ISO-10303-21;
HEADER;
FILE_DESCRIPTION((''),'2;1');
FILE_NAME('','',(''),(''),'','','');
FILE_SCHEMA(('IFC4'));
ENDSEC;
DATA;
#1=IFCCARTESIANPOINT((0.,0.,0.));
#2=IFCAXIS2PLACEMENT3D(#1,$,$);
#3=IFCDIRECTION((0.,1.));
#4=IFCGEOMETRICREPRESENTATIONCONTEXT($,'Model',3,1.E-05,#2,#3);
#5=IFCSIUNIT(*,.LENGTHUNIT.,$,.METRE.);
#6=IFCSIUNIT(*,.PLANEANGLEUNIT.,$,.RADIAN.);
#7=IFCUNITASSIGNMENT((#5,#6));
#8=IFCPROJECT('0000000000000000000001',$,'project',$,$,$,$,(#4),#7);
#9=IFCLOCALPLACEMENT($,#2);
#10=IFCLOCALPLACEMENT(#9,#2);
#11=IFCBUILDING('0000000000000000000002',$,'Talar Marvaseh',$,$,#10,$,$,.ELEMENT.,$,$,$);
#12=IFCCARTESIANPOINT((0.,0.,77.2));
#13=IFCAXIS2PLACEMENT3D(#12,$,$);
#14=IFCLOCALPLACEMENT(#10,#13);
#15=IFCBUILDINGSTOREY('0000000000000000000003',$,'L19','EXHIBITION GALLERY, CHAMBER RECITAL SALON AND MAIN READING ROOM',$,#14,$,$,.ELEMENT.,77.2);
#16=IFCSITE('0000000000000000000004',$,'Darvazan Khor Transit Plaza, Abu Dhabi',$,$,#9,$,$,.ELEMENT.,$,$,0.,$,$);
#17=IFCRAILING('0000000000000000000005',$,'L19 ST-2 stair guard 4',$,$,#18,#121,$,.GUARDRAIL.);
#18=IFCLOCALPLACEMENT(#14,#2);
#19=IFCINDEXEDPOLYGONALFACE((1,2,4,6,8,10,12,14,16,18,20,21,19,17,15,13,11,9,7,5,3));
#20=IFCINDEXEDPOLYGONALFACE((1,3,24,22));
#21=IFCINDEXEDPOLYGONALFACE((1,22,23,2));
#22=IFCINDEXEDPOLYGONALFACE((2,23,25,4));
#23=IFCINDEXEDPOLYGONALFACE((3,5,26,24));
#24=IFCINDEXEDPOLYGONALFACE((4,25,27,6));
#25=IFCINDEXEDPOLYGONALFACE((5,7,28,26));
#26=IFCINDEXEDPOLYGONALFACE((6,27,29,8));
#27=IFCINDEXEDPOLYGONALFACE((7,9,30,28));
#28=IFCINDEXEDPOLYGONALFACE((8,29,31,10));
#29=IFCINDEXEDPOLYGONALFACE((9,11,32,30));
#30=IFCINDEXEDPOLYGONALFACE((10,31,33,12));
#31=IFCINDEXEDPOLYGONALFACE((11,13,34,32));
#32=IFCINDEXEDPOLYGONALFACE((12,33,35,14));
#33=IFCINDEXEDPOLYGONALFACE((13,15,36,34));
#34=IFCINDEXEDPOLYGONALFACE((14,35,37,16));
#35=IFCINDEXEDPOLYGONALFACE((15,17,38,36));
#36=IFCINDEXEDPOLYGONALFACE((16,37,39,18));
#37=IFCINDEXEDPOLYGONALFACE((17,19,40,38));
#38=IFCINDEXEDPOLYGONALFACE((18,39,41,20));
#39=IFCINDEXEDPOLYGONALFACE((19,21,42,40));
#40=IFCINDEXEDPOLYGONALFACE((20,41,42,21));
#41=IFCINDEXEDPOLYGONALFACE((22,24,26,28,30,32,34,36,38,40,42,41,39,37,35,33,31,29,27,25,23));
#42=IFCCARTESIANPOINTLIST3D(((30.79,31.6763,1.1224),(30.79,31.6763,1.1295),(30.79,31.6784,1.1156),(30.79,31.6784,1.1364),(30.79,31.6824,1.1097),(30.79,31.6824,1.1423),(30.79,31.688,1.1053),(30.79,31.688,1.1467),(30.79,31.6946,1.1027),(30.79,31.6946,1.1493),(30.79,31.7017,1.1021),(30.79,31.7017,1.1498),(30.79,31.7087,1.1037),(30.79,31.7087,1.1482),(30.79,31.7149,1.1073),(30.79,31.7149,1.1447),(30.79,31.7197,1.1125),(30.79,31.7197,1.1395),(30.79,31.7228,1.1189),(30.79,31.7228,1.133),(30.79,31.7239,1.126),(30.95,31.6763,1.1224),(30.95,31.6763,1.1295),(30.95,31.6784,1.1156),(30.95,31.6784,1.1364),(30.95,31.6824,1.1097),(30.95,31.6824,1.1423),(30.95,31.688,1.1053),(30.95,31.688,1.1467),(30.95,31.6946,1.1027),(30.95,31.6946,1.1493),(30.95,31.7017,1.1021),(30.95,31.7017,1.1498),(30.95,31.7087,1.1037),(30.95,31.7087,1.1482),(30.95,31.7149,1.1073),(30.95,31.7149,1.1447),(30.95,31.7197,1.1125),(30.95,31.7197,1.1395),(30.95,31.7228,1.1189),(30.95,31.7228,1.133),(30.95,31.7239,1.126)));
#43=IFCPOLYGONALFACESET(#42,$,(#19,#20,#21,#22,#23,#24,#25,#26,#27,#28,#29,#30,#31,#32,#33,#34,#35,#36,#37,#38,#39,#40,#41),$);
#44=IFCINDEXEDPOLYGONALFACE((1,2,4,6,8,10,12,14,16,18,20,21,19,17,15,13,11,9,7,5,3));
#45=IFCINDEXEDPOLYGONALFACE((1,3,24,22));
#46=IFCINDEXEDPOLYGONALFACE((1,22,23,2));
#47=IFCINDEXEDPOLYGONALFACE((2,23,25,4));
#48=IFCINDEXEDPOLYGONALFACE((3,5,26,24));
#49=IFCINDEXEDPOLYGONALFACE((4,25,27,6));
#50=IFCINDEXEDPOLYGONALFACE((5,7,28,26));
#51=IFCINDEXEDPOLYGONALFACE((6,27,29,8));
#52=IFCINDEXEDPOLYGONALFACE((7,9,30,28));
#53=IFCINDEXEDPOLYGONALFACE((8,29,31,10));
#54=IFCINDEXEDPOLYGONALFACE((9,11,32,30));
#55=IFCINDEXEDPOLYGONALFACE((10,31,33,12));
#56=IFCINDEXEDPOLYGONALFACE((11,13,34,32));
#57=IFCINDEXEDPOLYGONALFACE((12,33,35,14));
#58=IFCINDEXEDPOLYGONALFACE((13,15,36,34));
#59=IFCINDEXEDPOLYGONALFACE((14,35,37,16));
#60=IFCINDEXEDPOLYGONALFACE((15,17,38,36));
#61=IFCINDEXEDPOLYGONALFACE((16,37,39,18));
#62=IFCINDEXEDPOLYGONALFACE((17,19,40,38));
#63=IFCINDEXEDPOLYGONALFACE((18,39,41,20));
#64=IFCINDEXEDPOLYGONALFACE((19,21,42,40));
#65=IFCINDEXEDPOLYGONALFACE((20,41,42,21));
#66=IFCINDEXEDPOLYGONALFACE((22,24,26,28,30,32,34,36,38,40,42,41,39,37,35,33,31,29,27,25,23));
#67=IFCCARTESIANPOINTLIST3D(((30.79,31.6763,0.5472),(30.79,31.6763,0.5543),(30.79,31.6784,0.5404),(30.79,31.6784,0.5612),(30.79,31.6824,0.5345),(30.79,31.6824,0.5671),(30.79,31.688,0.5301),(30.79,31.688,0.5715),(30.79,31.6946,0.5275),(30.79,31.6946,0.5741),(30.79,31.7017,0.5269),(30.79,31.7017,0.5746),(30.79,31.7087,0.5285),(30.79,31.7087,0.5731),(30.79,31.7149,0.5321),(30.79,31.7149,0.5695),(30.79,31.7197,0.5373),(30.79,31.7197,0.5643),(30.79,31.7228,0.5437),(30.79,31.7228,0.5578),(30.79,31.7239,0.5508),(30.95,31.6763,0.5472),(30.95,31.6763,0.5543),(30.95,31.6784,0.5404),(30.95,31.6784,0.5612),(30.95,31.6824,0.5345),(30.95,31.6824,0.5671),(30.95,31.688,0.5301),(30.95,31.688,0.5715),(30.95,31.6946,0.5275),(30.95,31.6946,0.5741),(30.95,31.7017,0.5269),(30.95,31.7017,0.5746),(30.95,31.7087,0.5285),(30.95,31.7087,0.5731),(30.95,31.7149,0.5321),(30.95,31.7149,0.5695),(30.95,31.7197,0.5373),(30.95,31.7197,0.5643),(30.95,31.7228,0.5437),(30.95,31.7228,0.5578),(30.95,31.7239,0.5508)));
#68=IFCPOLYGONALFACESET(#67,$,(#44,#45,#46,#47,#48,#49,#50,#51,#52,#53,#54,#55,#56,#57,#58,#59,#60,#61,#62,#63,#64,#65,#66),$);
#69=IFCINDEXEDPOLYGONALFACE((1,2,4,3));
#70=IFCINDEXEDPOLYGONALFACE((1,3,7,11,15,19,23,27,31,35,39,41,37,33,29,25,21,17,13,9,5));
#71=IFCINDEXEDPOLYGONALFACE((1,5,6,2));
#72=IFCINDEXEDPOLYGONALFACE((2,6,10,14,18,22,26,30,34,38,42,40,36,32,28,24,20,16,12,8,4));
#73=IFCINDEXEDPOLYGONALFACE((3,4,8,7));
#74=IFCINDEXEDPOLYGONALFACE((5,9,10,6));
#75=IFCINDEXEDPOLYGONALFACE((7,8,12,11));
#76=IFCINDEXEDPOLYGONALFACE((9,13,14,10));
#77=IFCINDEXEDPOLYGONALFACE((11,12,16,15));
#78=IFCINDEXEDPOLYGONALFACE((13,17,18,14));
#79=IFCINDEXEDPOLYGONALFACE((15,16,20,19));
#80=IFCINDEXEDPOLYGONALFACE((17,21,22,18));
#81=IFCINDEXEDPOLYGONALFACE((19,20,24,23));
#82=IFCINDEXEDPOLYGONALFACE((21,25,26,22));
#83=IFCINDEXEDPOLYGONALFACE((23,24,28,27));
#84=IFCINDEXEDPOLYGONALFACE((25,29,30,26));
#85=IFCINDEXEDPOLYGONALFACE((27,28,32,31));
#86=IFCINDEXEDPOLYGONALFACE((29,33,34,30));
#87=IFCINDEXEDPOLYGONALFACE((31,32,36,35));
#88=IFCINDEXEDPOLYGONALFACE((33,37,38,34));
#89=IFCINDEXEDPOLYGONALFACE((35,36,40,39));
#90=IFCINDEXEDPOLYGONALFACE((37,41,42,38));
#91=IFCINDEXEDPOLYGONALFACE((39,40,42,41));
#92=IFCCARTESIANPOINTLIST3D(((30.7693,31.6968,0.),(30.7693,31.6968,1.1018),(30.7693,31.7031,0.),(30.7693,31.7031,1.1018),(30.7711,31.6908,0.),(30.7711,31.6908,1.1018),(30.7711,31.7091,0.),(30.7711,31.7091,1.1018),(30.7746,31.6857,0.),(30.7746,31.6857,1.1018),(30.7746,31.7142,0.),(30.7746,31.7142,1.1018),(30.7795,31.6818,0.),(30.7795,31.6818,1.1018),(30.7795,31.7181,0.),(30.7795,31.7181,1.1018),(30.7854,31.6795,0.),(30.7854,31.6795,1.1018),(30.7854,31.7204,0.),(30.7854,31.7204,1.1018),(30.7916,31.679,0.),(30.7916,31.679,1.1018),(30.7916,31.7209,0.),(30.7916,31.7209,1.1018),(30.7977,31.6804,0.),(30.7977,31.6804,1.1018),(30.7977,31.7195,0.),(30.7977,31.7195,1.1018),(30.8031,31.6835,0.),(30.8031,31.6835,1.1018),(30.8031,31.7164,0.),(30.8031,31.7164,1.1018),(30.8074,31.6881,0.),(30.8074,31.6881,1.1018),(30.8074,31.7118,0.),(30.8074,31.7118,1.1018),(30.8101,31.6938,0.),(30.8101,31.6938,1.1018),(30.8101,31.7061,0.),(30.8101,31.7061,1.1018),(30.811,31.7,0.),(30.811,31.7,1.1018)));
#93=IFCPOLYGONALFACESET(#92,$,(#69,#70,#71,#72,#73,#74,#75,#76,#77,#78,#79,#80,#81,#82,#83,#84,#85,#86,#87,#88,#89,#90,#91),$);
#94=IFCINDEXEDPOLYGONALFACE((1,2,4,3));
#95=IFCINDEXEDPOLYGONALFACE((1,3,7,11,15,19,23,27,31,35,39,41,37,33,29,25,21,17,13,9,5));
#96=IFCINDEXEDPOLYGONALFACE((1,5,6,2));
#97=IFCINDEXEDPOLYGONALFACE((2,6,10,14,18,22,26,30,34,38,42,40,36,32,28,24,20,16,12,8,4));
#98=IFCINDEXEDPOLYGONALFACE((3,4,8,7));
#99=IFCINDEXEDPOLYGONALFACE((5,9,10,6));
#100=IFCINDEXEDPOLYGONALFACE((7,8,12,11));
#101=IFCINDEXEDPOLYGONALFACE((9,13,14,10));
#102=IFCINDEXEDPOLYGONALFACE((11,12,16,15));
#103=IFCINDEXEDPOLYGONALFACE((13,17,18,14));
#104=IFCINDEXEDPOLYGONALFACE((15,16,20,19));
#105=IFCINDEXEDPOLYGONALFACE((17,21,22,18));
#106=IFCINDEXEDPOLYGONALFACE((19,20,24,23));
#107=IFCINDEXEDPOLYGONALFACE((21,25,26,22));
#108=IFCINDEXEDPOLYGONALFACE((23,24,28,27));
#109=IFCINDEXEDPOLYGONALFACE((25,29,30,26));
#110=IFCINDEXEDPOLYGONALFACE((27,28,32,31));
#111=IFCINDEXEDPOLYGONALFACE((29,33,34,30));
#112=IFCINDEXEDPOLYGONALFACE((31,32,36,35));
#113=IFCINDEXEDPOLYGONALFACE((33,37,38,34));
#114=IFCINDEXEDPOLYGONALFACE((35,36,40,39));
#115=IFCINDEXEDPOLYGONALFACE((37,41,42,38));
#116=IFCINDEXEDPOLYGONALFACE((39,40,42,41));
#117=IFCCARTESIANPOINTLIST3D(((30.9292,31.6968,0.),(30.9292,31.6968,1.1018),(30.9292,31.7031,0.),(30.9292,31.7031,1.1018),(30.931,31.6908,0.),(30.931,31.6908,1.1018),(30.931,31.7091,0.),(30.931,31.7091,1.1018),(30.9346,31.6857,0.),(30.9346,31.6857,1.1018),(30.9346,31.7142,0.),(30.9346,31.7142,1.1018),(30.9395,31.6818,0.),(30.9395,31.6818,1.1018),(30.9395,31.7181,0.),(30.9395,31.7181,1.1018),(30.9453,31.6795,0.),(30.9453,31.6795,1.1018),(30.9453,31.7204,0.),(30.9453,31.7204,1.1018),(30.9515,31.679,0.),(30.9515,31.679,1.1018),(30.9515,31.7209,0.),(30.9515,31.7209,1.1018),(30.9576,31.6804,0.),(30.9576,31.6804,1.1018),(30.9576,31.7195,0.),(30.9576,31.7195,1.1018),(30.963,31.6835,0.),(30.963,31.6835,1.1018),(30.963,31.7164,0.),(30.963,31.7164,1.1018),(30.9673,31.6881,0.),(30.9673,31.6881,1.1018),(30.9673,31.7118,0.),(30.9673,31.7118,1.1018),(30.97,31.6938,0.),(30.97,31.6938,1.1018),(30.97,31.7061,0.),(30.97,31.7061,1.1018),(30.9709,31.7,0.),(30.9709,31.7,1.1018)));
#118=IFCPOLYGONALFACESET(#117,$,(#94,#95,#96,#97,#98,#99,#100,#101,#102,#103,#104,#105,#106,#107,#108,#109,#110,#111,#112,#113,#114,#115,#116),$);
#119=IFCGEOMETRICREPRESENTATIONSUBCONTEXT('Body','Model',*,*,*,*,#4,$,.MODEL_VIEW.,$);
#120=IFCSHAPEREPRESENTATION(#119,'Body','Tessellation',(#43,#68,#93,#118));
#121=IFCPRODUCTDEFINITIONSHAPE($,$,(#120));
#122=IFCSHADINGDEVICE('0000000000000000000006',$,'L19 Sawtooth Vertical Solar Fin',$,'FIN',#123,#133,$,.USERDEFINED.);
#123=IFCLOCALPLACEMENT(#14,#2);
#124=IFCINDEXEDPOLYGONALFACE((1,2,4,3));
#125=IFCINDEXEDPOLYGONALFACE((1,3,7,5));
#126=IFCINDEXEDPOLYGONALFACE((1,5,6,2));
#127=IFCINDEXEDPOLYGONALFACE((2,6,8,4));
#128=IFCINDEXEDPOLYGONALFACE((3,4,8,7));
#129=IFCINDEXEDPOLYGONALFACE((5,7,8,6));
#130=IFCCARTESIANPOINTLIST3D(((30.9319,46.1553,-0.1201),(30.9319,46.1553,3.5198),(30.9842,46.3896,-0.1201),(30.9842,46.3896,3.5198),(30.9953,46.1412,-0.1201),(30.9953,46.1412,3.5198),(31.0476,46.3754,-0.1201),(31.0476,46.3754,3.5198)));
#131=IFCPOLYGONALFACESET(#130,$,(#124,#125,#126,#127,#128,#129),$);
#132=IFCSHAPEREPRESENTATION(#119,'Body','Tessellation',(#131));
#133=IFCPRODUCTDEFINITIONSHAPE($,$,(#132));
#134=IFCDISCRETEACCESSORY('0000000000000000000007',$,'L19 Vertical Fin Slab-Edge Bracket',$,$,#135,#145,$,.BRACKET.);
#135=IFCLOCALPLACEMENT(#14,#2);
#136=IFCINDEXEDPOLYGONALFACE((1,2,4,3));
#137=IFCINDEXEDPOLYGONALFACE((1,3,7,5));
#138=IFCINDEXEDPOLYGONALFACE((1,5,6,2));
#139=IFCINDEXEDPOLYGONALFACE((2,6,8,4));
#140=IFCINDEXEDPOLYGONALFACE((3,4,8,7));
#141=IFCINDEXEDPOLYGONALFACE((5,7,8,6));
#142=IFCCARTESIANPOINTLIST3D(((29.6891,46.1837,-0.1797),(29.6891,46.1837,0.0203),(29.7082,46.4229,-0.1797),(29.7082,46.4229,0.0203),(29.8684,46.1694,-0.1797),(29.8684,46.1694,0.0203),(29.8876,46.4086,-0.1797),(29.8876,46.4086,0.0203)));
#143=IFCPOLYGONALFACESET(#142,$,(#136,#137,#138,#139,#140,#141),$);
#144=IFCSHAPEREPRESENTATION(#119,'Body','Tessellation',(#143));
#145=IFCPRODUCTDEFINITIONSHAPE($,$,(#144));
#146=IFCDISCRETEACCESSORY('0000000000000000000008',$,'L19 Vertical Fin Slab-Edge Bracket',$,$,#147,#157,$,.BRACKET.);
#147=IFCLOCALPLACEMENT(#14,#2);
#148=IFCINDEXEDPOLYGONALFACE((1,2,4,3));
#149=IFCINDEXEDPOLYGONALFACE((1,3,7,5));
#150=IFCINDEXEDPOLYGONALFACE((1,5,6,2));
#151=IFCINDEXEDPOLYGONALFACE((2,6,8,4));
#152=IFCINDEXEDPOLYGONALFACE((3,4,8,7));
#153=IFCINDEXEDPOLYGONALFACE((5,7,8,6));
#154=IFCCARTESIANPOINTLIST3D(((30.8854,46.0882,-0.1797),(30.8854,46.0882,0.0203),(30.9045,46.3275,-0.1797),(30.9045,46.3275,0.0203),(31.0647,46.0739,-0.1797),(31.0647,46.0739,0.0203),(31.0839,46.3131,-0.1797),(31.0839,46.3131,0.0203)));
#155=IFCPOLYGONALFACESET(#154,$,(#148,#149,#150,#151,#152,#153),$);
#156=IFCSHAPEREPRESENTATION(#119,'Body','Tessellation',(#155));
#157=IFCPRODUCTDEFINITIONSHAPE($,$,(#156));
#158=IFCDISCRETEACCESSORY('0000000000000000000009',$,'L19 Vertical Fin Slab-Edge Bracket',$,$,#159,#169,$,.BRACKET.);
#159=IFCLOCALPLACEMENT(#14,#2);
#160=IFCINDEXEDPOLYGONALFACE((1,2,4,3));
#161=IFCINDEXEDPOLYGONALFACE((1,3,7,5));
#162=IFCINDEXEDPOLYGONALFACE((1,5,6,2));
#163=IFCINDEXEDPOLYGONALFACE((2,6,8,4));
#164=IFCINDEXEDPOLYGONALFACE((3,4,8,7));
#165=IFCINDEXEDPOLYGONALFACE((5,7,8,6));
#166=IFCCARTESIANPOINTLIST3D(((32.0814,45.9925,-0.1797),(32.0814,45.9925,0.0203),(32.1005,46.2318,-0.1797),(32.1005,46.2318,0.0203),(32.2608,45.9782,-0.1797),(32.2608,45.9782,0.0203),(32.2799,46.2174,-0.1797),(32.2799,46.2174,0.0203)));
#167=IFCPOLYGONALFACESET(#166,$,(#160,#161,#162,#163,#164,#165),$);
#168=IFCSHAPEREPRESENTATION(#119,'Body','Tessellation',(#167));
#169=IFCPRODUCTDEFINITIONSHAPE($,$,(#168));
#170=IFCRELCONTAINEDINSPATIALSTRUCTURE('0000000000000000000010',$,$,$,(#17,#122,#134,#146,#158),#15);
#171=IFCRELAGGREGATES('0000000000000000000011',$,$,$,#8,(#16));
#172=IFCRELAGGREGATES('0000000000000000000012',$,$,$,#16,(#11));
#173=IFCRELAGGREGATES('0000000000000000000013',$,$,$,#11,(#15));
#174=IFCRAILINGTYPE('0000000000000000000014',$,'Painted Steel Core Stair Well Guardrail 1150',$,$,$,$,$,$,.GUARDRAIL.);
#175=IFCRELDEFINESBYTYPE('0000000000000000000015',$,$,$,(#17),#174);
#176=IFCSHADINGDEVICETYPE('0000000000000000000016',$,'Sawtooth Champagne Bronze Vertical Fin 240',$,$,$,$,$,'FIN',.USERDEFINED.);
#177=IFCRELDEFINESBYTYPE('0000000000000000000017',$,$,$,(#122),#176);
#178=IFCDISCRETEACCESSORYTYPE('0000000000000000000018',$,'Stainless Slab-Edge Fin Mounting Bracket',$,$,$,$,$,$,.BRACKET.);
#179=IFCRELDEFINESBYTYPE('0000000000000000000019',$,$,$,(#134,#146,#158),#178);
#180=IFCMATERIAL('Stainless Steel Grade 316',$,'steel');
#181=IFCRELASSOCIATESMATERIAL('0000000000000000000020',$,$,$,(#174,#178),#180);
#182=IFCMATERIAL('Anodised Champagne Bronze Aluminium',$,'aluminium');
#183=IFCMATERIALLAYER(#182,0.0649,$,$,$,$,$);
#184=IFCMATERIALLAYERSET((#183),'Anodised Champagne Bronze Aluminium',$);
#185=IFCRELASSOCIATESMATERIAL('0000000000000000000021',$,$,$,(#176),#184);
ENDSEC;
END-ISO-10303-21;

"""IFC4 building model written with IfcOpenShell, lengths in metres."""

from ifc_helpers import new_model, si_unit, direction, frame, origin, origin_2d, place, context, subcontext, project, spatial, rectangle, circle, extrude, source, transform, mapped, material, layer, layer_set, type_object, type_shapes, element, save


model = new_model("IFC4")

# Units and contexts
model_context = context("Model", 3, precision=1e-05, world=origin(), true_north=direction((0.0, 1.0)))
body_context = subcontext(model_context, "Body", "Model", "MODEL_VIEW")
ifc_project = project(units=[si_unit("LENGTHUNIT", "METRE"), si_unit("PLANEANGLEUNIT", "RADIAN")], contexts=[model_context])

# Site, building, storey
site_placement = place(None, origin())
site = spatial("IfcSite", under=ifc_project, at=site_placement, Name="Darvazan Khor Transit Plaza, Abu Dhabi", CompositionType="ELEMENT", RefElevation=0.0)
building_placement = place(site_placement, origin())
building = spatial("IfcBuilding", under=site, at=building_placement, Name="Talar Marvaseh", CompositionType="ELEMENT")
storey_placement = place(building_placement, frame((0.0, 0.0, 77.2)))
storey = spatial("IfcBuildingStorey", under=building, at=storey_placement, Name="L19", Description="EXHIBITION GALLERY, CHAMBER RECITAL SALON AND MAIN READING ROOM", CompositionType="ELEMENT", Elevation=77.2)

# Shared definitions
ifc_material_1 = material(Name="Stainless Steel Grade 316", Category="steel")

# Railing
railing_type = type_object("IfcRailingType", Name="Painted Steel Core Stair Well Guardrail 1150", PredefinedType="GUARDRAIL", material=ifc_material_1)
railing_1_placement = place(storey_placement, frame((30.79, 31.7, 0.0)))
element("IfcRailing", 1, at=railing_1_placement, inside=storey, type_object=railing_type, Name="L19 ST-2 stair guard 4", PredefinedType="GUARDRAIL", context=body_context, shape_type="SweptSolid", body=[
    extrude(circle(Radius=0.0239, at=origin_2d()), frame((0.0, 0.0, 1.126), z_axis=(1.0, 0.0, 0.0), x_axis=(0.0, 1.0, 0.0)), (0.0, 0.0, 1.0), 0.1599),
    extrude(circle(Radius=0.0239, at=origin_2d()), frame((0.0, 0.0, 0.5508), z_axis=(1.0, 0.0, 0.0), x_axis=(0.0, 1.0, 0.0)), (0.0, 0.0, 1.0), 0.1599),
    extrude(circle(Radius=0.021, at=origin_2d()), origin(), (0.0, 0.0, 1.0), 1.1018),
    extrude(circle(Radius=0.021, at=origin_2d()), frame((0.1599, 0.0, 0.0)), (0.0, 0.0, 1.0), 1.1018),
])

# Shading device
ifc_material_2 = material(Name="Anodised Champagne Bronze Aluminium", Category="aluminium")
ifc_layer_1 = layer(ifc_material_2, 0.0649)
ifc_layer_set_1 = layer_set([ifc_layer_1], Name="Anodised Champagne Bronze Aluminium")
shading_device_type = type_object("IfcShadingDeviceType", Name="Sawtooth Champagne Bronze Vertical Fin 240", ElementType="FIN", PredefinedType="USERDEFINED", material=ifc_layer_set_1)
shared_shape_1 = source(origin(), body_context, "Body", "SweptSolid", [
    extrude(rectangle(XDim=0.24, YDim=0.0649, at=origin_2d()), origin(), (0.0, 0.0, 1.0), 3.6399),
])
type_shapes(shading_device_type, [shared_shape_1])
shading_device_placement = place(storey_placement, frame((30.9897, 46.2654, -0.1201), z_axis=(0.0, 0.0, 1.0), x_axis=(0.217632, 0.976031, 0.0)))
element("IfcShadingDevice", 2, at=shading_device_placement, inside=storey, type_object=shading_device_type, Name="L19 Sawtooth Vertical Solar Fin", ObjectType="FIN", PredefinedType="USERDEFINED", context=body_context, shape_type="MappedRepresentation", body=[
    mapped(shared_shape_1, transform((0.0, 0.0, 0.0), x_axis=(1.0, 0.0, 0.0), y_axis=(0.0, 1.0, 0.0), z_axis=(0.0, 0.0, 1.0), scale=1.0)),
])

# Discrete accessories
discrete_accessory_type = type_object("IfcDiscreteAccessoryType", Name="Stainless Slab-Edge Fin Mounting Bracket", PredefinedType="BRACKET", material=ifc_material_1)
shared_shape_2 = source(origin(), body_context, "Body", "SweptSolid", [
    extrude(rectangle(XDim=0.24, YDim=0.1799, at=origin_2d()), origin(), (0.0, 0.0, 1.0), 0.2),
])
type_shapes(discrete_accessory_type, [shared_shape_2])
for number, where, z_axis, x_axis, name in (
    (3, (29.7883, 46.2961, -0.1797), (0.0, 0.0, 1.0), (0.079677, 0.996821, 0.0), "L19 Vertical Fin Slab-Edge Bracket"),
    (4, (30.9846, 46.2007, -0.1797), (0.0, 0.0, 1.0), (0.079677, 0.996821, 0.0), "L19 Vertical Fin Slab-Edge Bracket"),
    (5, (32.1807, 46.105, -0.1797), (0.0, 0.0, 1.0), (0.079677, 0.996821, 0.0), "L19 Vertical Fin Slab-Edge Bracket"),
):
    element("IfcDiscreteAccessory", number, at=place(storey_placement, frame(where, z_axis=z_axis, x_axis=x_axis)), inside=storey, type_object=discrete_accessory_type, Name=name, PredefinedType="BRACKET", context=body_context, shape_type="MappedRepresentation", body=[
        mapped(shared_shape_2, transform((0.0, 0.0, 0.0), x_axis=(1.0, 0.0, 0.0), y_axis=(0.0, 1.0, 0.0), z_axis=(0.0, 0.0, 1.0), scale=1.0)),
    ])

save(model, "model.ifc")
